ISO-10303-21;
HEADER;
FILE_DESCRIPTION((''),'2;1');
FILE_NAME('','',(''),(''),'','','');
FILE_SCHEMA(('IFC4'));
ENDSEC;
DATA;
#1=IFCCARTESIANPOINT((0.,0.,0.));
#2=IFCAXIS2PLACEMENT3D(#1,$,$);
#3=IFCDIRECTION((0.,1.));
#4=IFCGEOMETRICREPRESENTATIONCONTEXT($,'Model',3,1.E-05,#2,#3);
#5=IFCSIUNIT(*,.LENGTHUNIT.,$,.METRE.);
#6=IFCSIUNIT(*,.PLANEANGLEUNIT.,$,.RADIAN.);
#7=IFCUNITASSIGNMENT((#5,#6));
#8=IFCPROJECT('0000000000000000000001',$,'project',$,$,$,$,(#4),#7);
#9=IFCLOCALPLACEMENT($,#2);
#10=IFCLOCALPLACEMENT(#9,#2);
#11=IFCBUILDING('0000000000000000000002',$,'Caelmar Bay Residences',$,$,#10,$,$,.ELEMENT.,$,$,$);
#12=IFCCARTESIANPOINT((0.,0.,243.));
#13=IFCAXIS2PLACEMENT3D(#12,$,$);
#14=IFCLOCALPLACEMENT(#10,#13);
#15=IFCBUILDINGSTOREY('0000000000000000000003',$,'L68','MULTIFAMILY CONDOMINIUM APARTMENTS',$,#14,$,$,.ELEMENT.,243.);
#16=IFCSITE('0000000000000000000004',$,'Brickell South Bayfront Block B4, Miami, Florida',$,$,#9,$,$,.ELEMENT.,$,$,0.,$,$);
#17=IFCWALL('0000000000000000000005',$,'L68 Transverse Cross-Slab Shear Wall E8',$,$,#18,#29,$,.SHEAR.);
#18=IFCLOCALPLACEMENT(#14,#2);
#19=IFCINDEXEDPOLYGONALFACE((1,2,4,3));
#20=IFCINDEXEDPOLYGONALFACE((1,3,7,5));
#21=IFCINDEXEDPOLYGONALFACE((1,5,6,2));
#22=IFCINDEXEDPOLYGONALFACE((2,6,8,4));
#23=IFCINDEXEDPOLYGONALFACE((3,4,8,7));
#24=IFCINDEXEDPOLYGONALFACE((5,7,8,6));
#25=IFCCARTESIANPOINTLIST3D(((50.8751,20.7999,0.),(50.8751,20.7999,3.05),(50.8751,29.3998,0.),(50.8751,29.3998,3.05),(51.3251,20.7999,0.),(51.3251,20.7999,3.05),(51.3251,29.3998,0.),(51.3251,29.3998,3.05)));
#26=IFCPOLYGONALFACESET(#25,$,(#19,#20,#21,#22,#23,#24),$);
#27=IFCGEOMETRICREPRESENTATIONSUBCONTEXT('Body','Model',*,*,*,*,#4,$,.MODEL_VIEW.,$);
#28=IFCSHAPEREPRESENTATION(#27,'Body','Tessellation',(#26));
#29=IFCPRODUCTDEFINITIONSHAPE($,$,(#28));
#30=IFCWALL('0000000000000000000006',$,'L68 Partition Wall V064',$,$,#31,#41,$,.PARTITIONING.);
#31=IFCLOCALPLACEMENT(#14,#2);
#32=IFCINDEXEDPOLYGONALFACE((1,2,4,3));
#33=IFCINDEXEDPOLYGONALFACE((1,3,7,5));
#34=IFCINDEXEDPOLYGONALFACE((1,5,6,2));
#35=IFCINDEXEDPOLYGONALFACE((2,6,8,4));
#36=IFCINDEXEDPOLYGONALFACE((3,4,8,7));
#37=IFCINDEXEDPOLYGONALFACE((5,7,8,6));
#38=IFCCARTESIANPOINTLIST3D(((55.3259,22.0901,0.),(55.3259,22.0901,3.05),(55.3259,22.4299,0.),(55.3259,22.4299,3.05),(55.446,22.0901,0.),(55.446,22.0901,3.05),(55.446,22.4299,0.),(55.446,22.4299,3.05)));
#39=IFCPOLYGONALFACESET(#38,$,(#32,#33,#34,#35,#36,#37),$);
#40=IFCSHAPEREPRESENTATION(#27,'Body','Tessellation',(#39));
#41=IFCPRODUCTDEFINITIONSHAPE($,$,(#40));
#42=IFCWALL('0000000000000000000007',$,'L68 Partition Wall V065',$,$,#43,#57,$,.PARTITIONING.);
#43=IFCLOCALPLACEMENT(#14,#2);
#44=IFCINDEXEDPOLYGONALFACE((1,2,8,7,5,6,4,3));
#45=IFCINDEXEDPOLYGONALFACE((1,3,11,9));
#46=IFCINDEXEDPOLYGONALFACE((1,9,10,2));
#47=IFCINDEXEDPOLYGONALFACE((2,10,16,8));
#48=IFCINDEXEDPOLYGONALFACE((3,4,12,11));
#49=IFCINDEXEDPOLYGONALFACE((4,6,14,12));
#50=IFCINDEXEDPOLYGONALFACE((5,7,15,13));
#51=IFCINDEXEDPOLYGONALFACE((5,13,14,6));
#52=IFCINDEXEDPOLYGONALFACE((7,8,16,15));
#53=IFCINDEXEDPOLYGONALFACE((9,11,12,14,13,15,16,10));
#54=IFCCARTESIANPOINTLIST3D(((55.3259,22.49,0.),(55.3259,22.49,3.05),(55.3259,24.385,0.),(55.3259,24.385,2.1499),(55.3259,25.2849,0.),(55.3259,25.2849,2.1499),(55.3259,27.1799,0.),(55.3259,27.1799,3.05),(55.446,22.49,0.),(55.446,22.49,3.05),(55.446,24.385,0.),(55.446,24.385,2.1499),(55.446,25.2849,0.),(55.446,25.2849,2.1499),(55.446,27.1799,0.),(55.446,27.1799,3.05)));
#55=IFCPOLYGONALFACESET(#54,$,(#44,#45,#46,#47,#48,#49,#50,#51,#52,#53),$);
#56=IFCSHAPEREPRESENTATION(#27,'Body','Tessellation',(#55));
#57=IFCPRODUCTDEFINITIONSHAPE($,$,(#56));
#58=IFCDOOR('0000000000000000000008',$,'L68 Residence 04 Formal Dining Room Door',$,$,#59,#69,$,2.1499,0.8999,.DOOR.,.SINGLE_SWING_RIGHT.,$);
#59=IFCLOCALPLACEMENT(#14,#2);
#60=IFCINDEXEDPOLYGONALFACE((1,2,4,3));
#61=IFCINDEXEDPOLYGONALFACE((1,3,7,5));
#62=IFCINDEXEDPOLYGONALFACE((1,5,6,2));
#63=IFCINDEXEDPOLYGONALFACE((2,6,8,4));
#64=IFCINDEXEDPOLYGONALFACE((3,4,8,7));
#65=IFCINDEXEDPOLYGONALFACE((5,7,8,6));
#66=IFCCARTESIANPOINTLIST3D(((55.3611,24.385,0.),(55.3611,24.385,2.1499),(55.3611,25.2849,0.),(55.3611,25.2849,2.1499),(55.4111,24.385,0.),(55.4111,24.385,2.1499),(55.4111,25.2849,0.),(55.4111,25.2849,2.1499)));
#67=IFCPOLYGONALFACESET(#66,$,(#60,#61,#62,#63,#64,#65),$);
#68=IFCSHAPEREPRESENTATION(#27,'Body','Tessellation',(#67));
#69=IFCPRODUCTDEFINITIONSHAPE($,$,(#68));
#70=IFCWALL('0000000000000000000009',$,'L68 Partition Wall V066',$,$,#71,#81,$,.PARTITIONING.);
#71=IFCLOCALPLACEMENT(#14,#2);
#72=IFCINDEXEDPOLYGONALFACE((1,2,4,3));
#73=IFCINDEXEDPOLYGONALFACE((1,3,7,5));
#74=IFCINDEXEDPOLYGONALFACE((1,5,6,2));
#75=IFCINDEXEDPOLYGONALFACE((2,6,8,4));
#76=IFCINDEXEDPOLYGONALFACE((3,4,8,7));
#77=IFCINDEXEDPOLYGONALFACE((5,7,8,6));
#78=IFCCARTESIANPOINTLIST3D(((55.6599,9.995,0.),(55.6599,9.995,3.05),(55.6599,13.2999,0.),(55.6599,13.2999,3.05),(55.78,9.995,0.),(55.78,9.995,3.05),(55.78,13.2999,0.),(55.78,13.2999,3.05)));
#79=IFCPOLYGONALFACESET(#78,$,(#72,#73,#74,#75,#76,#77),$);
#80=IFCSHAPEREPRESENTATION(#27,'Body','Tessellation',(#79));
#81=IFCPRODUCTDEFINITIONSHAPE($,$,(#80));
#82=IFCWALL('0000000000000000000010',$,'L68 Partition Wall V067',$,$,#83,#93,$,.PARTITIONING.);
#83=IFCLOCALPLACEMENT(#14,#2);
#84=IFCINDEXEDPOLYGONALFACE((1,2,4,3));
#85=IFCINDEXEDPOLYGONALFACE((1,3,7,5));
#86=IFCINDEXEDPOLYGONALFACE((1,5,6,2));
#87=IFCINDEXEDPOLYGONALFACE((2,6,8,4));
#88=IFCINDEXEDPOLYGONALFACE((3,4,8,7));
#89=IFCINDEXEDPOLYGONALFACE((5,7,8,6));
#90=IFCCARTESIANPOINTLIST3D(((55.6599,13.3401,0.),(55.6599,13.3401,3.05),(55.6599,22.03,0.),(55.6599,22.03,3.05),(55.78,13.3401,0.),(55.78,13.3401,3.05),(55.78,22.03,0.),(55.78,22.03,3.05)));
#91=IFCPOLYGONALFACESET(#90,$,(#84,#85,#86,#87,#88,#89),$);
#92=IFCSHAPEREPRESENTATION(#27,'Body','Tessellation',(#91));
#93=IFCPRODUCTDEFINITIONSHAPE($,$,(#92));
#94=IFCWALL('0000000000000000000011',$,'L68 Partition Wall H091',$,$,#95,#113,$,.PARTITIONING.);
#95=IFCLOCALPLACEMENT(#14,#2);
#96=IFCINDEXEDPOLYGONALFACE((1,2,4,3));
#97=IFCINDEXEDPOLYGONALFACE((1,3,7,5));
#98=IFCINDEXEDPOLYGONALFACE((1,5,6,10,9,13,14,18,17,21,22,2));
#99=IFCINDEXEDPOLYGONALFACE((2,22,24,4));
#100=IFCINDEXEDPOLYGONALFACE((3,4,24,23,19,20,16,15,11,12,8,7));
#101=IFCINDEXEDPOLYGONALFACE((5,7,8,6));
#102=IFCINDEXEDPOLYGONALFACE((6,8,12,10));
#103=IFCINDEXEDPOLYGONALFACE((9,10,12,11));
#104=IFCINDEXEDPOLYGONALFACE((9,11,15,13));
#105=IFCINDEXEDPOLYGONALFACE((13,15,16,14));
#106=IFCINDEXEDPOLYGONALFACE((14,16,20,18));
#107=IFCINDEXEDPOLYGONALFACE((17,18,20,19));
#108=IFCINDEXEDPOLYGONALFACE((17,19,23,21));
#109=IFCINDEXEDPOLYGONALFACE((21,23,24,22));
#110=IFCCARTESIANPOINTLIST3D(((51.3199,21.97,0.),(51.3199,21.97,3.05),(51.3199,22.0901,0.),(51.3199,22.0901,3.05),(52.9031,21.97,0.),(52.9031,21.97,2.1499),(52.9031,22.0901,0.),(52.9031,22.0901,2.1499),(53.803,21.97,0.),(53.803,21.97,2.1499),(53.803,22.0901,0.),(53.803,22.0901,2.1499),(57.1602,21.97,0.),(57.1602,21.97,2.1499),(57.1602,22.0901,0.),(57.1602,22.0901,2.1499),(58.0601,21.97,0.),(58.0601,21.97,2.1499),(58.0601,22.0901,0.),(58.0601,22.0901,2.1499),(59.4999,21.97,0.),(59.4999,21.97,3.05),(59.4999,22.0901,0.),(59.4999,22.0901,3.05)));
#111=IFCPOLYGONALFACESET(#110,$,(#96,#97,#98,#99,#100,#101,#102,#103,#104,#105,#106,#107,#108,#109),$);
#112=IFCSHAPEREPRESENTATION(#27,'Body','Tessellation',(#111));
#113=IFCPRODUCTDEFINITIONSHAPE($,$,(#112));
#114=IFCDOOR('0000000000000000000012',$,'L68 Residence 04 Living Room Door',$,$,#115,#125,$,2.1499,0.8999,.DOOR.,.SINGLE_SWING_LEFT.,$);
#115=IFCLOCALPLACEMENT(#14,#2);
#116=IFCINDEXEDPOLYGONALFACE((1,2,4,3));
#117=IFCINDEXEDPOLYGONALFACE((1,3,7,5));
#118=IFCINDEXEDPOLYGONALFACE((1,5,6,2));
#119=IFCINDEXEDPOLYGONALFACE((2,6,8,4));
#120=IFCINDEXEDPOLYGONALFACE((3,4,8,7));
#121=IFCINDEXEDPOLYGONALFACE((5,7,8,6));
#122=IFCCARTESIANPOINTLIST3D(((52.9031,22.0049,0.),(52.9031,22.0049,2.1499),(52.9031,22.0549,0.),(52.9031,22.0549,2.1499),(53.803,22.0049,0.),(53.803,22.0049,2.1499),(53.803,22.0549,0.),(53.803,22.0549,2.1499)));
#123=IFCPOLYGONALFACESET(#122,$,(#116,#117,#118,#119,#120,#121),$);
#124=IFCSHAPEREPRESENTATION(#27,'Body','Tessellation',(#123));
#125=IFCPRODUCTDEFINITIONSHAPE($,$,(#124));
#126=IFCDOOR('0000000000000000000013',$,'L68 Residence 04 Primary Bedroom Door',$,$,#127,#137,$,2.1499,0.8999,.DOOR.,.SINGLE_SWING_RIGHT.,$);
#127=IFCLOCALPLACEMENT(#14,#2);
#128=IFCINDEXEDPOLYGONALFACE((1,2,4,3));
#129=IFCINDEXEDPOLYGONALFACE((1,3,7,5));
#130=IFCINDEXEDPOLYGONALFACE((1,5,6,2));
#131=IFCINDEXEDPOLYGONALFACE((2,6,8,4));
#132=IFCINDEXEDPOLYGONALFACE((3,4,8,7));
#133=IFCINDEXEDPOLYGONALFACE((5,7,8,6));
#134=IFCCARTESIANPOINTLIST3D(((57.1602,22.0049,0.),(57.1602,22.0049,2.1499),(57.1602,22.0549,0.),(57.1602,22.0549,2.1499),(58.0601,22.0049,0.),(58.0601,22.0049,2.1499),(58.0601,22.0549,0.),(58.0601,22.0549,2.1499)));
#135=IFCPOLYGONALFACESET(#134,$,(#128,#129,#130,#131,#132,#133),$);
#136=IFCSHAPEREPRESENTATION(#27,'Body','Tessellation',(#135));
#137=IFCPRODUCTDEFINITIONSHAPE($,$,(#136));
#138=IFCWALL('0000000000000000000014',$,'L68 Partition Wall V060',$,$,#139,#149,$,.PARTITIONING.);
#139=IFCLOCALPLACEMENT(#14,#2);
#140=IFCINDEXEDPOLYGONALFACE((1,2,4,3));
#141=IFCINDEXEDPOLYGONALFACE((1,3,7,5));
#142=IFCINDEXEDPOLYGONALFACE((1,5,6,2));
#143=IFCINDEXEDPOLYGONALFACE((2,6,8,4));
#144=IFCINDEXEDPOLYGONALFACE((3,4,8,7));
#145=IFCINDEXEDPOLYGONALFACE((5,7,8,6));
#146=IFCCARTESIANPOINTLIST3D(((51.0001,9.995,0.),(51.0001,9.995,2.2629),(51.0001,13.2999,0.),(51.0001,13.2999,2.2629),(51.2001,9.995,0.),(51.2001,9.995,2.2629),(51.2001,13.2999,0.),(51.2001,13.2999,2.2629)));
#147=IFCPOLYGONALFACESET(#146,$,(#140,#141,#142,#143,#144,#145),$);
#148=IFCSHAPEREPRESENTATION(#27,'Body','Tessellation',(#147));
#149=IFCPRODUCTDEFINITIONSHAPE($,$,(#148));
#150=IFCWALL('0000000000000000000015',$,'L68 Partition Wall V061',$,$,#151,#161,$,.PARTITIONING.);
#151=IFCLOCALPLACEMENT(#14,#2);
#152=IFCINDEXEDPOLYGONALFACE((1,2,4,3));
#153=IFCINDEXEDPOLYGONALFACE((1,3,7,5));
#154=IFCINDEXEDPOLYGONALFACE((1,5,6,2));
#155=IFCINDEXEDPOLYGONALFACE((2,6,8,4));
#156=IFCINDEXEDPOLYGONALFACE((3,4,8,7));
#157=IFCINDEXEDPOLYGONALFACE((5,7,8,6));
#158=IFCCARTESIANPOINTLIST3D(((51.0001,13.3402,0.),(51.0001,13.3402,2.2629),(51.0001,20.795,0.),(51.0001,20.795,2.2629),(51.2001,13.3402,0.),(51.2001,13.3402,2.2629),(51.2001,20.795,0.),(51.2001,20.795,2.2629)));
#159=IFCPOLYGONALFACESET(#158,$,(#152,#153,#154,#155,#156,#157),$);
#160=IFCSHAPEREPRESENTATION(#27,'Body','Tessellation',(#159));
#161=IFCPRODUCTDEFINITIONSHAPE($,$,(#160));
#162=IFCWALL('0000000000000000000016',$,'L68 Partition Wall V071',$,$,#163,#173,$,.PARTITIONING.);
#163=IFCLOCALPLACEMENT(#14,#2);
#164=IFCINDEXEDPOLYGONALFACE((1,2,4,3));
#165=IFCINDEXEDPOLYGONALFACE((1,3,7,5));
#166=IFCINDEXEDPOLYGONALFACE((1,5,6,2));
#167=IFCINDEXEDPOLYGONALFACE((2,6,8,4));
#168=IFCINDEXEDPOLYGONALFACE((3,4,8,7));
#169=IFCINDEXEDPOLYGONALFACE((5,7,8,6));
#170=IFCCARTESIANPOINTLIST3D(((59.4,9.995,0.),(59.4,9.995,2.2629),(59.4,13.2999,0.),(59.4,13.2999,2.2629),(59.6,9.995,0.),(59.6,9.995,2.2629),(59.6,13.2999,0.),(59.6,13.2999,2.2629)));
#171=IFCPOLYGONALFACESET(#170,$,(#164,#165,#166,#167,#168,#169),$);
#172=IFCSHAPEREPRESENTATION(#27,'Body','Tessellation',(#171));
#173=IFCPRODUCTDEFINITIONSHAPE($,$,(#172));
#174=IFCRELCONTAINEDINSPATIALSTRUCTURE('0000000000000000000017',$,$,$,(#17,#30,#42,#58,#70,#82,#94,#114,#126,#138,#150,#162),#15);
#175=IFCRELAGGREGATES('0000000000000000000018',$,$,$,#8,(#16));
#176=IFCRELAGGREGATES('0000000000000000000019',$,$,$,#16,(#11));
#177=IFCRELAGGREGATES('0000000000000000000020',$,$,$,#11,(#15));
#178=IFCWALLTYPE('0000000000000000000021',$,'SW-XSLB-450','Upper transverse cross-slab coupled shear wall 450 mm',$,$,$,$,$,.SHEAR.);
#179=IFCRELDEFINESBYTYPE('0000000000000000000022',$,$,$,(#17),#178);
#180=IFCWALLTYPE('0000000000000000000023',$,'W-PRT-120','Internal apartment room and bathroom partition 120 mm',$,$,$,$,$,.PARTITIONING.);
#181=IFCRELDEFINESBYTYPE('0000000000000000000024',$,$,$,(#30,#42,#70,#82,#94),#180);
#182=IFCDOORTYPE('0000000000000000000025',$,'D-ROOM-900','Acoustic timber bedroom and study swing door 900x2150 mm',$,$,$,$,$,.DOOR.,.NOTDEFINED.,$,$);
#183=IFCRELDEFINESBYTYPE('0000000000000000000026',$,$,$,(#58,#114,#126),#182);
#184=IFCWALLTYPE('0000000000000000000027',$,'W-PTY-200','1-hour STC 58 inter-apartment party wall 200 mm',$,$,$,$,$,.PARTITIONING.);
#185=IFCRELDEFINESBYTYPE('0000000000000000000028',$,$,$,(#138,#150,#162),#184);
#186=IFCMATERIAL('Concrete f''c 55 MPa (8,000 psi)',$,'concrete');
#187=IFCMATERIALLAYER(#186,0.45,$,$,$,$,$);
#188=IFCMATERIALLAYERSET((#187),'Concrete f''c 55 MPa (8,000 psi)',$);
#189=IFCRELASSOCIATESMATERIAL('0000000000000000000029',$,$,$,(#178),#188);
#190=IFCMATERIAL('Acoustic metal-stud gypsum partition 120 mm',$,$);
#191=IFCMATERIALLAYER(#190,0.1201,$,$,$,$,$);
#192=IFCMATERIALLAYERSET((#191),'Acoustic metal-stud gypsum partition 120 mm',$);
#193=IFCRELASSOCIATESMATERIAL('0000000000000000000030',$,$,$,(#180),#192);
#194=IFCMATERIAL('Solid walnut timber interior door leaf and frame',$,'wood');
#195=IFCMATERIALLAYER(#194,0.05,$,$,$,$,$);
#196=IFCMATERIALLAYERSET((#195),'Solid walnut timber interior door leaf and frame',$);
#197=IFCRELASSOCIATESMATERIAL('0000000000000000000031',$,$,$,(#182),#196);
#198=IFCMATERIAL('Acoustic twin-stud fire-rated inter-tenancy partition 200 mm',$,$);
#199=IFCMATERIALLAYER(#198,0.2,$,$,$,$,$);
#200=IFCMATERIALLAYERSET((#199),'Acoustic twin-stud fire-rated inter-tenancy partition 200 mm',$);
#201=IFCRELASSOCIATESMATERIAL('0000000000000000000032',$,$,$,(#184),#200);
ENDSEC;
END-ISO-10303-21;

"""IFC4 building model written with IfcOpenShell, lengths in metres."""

from ifc_helpers import new_model, si_unit, direction, frame, frame_2d, origin, place, context, subcontext, project, spatial, rectangle, extrude, material, layer, layer_set, type_object, element, fill, save


model = new_model("IFC4")

# Units and contexts
model_context = context("Model", 3, precision=1e-05, world=origin(), true_north=direction((0.0, 1.0)))
body_context = subcontext(model_context, "Body", "Model", "MODEL_VIEW")
ifc_project = project(units=[si_unit("LENGTHUNIT", "METRE"), si_unit("PLANEANGLEUNIT", "RADIAN")], contexts=[model_context])

# Site, building, storey
site_placement = place(None, origin())
site = spatial("IfcSite", under=ifc_project, at=site_placement, Name="Brickell South Bayfront Block B4, Miami, Florida", CompositionType="ELEMENT", RefElevation=0.0)
building_placement = place(site_placement, origin())
building = spatial("IfcBuilding", under=site, at=building_placement, Name="Caelmar Bay Residences", CompositionType="ELEMENT")
storey_placement = place(building_placement, frame((0.0, 0.0, 243.0)))
storey = spatial("IfcBuildingStorey", under=building, at=storey_placement, Name="L68", Description="MULTIFAMILY CONDOMINIUM APARTMENTS", CompositionType="ELEMENT", Elevation=243.0)

# Shared definitions
ifc_material_1 = material(Name="Concrete f'c 55 MPa (8,000 psi)", Category="concrete")

# Walls
ifc_layer_1 = layer(ifc_material_1, 0.45)
ifc_layer_set_1 = layer_set([ifc_layer_1], Name="Concrete f'c 55 MPa (8,000 psi)")
wall_type_1 = type_object("IfcWallType", Name="SW-XSLB-450", Description="Upper transverse cross-slab coupled shear wall 450 mm", PredefinedType="SHEAR", material=ifc_layer_set_1)
wall_1_placement = place(storey_placement, frame((51.1001, 20.8, 0.0), z_axis=(0.0, 0.0, 1.0), x_axis=(0.0, 1.0, 0.0)))
element("IfcWall", 1, at=wall_1_placement, inside=storey, type_object=wall_type_1, Name="L68 Transverse Cross-Slab Shear Wall E8", PredefinedType="SHEAR", context=body_context, shape_type="SweptSolid", body=[
    extrude(rectangle(XDim=8.5999, YDim=0.45, at=frame_2d((4.2998, 0.0))), origin(), (0.0, 0.0, 1.0), 3.05),
])
ifc_material_2 = material(Name="Acoustic metal-stud gypsum partition 120 mm")
ifc_layer_2 = layer(ifc_material_2, 0.1201)
ifc_layer_set_2 = layer_set([ifc_layer_2], Name="Acoustic metal-stud gypsum partition 120 mm")
wall_type_2 = type_object("IfcWallType", Name="W-PRT-120", Description="Internal apartment room and bathroom partition 120 mm", PredefinedType="PARTITIONING", material=ifc_layer_set_2)
wall_2_placement = place(storey_placement, frame((55.386, 22.0901, 0.0), z_axis=(0.0, 0.0, 1.0), x_axis=(0.0, 1.0, 0.0)))
element("IfcWall", 2, at=wall_2_placement, inside=storey, type_object=wall_type_2, Name="L68 Partition Wall V064", PredefinedType="PARTITIONING", context=body_context, shape_type="SweptSolid", body=[
    extrude(rectangle(XDim=0.3398, YDim=0.1201, at=frame_2d((0.1699, 0.0))), origin(), (0.0, 0.0, 1.0), 3.05),
])

# Wall, opening, door
wall_3_placement = place(storey_placement, frame((55.386, 22.49, 0.0), z_axis=(0.0, 0.0, 1.0), x_axis=(0.0, 1.0, 0.0)))
wall_3 = element("IfcWall", 3, at=wall_3_placement, inside=storey, type_object=wall_type_2, Name="L68 Partition Wall V065", PredefinedType="PARTITIONING", context=body_context, shape_type="SweptSolid", body=[
    extrude(rectangle(XDim=4.6899, YDim=0.1201, at=frame_2d((2.345, 0.0))), origin(), (0.0, 0.0, 1.0), 3.05),
])
opening_1_placement = place(wall_3_placement, frame((1.895, 0.0, 0.0)))
opening_1 = element("IfcOpeningElement", 4, at=opening_1_placement, cuts=wall_3, PredefinedType="OPENING", context=body_context, shape_type="SweptSolid", body=[
    extrude(rectangle(XDim=0.8999, YDim=2.1499, at=frame_2d((0.45, 1.075))), frame((0.0, 0.0701, 0.0), z_axis=(0.0, -1.0, 0.0), x_axis=(1.0, 0.0, 0.0)), (0.0, 0.0, 1.0), 0.1401),
])
ifc_material_3 = material(Name="Solid walnut timber interior door leaf and frame", Category="wood")
ifc_layer_3 = layer(ifc_material_3, 0.05)
ifc_layer_set_3 = layer_set([ifc_layer_3], Name="Solid walnut timber interior door leaf and frame")
door_type = type_object("IfcDoorType", Name="D-ROOM-900", Description="Acoustic timber bedroom and study swing door 900x2150 mm", OperationType="NOTDEFINED", PredefinedType="DOOR", material=ifc_layer_set_3)
door_1_placement = place(opening_1_placement, origin())
door_1 = element("IfcDoor", 5, at=door_1_placement, inside=storey, type_object=door_type, Name="L68 Residence 04 Formal Dining Room Door", OperationType="SINGLE_SWING_RIGHT", OverallHeight=2.1499, OverallWidth=0.8999, PredefinedType="DOOR", context=body_context, shape_type="SweptSolid", body=[
    extrude(rectangle(XDim=0.8999, YDim=2.1499, at=frame_2d((0.45, 1.075))), frame((0.0, 0.0249, 0.0), z_axis=(0.0, -1.0, 0.0), x_axis=(1.0, 0.0, 0.0)), (0.0, 0.0, 1.0), 0.05),
])
fill(opening_1, door_1)

# Walls
wall_4_placement = place(storey_placement, frame((55.72, 9.9951, 0.0), z_axis=(0.0, 0.0, 1.0), x_axis=(0.0, 1.0, 0.0)))
element("IfcWall", 6, at=wall_4_placement, inside=storey, type_object=wall_type_2, Name="L68 Partition Wall V066", PredefinedType="PARTITIONING", context=body_context, shape_type="SweptSolid", body=[
    extrude(rectangle(XDim=3.3049, YDim=0.1201, at=frame_2d((1.6523, 0.0))), origin(), (0.0, 0.0, 1.0), 3.05),
])
wall_5_placement = place(storey_placement, frame((55.72, 13.3401, 0.0), z_axis=(0.0, 0.0, 1.0), x_axis=(0.0, 1.0, 0.0)))
element("IfcWall", 7, at=wall_5_placement, inside=storey, type_object=wall_type_2, Name="L68 Partition Wall V067", PredefinedType="PARTITIONING", context=body_context, shape_type="SweptSolid", body=[
    extrude(rectangle(XDim=8.6899, YDim=0.1201, at=frame_2d((4.345, 0.0))), origin(), (0.0, 0.0, 1.0), 3.05),
])

# Wall, openings, doors
wall_6_placement = place(storey_placement, frame((51.3201, 22.03, 0.0), z_axis=(0.0, 0.0, 1.0), x_axis=(1.0, 0.0, 0.0)))
wall_6 = element("IfcWall", 8, at=wall_6_placement, inside=storey, type_object=wall_type_2, Name="L68 Partition Wall H091", PredefinedType="PARTITIONING", context=body_context, shape_type="SweptSolid", body=[
    extrude(rectangle(XDim=8.1799, YDim=0.1201, at=frame_2d((4.0898, 0.0))), origin(), (0.0, 0.0, 1.0), 3.05),
])
opening_2_placement = place(wall_6_placement, frame((1.583, 0.0, 0.0)))
opening_2 = element("IfcOpeningElement", 9, at=opening_2_placement, cuts=wall_6, PredefinedType="OPENING", context=body_context, shape_type="SweptSolid", body=[
    extrude(rectangle(XDim=0.8999, YDim=2.1499, at=frame_2d((0.45, 1.075))), frame((0.0, 0.0701, 0.0), z_axis=(0.0, -1.0, 0.0), x_axis=(1.0, 0.0, 0.0)), (0.0, 0.0, 1.0), 0.1401),
])
opening_3_placement = place(wall_6_placement, frame((5.8401, 0.0, 0.0)))
opening_3 = element("IfcOpeningElement", 10, at=opening_3_placement, cuts=wall_6, PredefinedType="OPENING", context=body_context, shape_type="SweptSolid", body=[
    extrude(rectangle(XDim=0.8999, YDim=2.1499, at=frame_2d((0.45, 1.075))), frame((0.0, 0.0701, 0.0), z_axis=(0.0, -1.0, 0.0), x_axis=(1.0, 0.0, 0.0)), (0.0, 0.0, 1.0), 0.1401),
])
door_2_placement = place(opening_2_placement, origin())
door_2 = element("IfcDoor", 11, at=door_2_placement, inside=storey, type_object=door_type, Name="L68 Residence 04 Living Room Door", OperationType="SINGLE_SWING_LEFT", OverallHeight=2.1499, OverallWidth=0.8999, PredefinedType="DOOR", context=body_context, shape_type="SweptSolid", body=[
    extrude(rectangle(XDim=0.8999, YDim=2.1499, at=frame_2d((0.45, 1.075))), frame((0.0, 0.0249, 0.0), z_axis=(0.0, -1.0, 0.0), x_axis=(1.0, 0.0, 0.0)), (0.0, 0.0, 1.0), 0.05),
])
fill(opening_2, door_2)
door_3_placement = place(opening_3_placement, origin())
door_3 = element("IfcDoor", 12, at=door_3_placement, inside=storey, type_object=door_type, Name="L68 Residence 04 Primary Bedroom Door", OperationType="SINGLE_SWING_RIGHT", OverallHeight=2.1499, OverallWidth=0.8999, PredefinedType="DOOR", context=body_context, shape_type="SweptSolid", body=[
    extrude(rectangle(XDim=0.8999, YDim=2.1499, at=frame_2d((0.45, 1.075))), frame((0.0, 0.0249, 0.0), z_axis=(0.0, -1.0, 0.0), x_axis=(1.0, 0.0, 0.0)), (0.0, 0.0, 1.0), 0.05),
])
fill(opening_3, door_3)

# Walls
ifc_material_4 = material(Name="Acoustic twin-stud fire-rated inter-tenancy partition 200 mm")
ifc_layer_4 = layer(ifc_material_4, 0.2)
ifc_layer_set_4 = layer_set([ifc_layer_4], Name="Acoustic twin-stud fire-rated inter-tenancy partition 200 mm")
wall_type_3 = type_object("IfcWallType", Name="W-PTY-200", Description="1-hour STC 58 inter-apartment party wall 200 mm", PredefinedType="PARTITIONING", material=ifc_layer_set_4)
wall_7_placement = place(storey_placement, frame((51.1001, 9.9951, 0.0), z_axis=(0.0, 0.0, 1.0), x_axis=(0.0, 1.0, 0.0)))
element("IfcWall", 13, at=wall_7_placement, inside=storey, type_object=wall_type_3, Name="L68 Partition Wall V060", PredefinedType="PARTITIONING", context=body_context, shape_type="SweptSolid", body=[
    extrude(rectangle(XDim=3.3049, YDim=0.2, at=frame_2d((1.6523, 0.0))), origin(), (0.0, 0.0, 1.0), 2.2629),
])
wall_8_placement = place(storey_placement, frame((51.1001, 13.3401, 0.0), z_axis=(0.0, 0.0, 1.0), x_axis=(0.0, 1.0, 0.0)))
element("IfcWall", 14, at=wall_8_placement, inside=storey, type_object=wall_type_3, Name="L68 Partition Wall V061", PredefinedType="PARTITIONING", context=body_context, shape_type="SweptSolid", body=[
    extrude(rectangle(XDim=7.4548, YDim=0.2, at=frame_2d((3.7275, 0.0))), origin(), (0.0, 0.0, 1.0), 2.2629),
])
wall_9_placement = place(storey_placement, frame((59.5, 9.9951, 0.0), z_axis=(0.0, 0.0, 1.0), x_axis=(0.0, 1.0, 0.0)))
element("IfcWall", 15, at=wall_9_placement, inside=storey, type_object=wall_type_3, Name="L68 Partition Wall V071", PredefinedType="PARTITIONING", context=body_context, shape_type="SweptSolid", body=[
    extrude(rectangle(XDim=3.3049, YDim=0.2, at=frame_2d((1.6523, 0.0))), origin(), (0.0, 0.0, 1.0), 2.2629),
])

save(model, "model.ifc")
